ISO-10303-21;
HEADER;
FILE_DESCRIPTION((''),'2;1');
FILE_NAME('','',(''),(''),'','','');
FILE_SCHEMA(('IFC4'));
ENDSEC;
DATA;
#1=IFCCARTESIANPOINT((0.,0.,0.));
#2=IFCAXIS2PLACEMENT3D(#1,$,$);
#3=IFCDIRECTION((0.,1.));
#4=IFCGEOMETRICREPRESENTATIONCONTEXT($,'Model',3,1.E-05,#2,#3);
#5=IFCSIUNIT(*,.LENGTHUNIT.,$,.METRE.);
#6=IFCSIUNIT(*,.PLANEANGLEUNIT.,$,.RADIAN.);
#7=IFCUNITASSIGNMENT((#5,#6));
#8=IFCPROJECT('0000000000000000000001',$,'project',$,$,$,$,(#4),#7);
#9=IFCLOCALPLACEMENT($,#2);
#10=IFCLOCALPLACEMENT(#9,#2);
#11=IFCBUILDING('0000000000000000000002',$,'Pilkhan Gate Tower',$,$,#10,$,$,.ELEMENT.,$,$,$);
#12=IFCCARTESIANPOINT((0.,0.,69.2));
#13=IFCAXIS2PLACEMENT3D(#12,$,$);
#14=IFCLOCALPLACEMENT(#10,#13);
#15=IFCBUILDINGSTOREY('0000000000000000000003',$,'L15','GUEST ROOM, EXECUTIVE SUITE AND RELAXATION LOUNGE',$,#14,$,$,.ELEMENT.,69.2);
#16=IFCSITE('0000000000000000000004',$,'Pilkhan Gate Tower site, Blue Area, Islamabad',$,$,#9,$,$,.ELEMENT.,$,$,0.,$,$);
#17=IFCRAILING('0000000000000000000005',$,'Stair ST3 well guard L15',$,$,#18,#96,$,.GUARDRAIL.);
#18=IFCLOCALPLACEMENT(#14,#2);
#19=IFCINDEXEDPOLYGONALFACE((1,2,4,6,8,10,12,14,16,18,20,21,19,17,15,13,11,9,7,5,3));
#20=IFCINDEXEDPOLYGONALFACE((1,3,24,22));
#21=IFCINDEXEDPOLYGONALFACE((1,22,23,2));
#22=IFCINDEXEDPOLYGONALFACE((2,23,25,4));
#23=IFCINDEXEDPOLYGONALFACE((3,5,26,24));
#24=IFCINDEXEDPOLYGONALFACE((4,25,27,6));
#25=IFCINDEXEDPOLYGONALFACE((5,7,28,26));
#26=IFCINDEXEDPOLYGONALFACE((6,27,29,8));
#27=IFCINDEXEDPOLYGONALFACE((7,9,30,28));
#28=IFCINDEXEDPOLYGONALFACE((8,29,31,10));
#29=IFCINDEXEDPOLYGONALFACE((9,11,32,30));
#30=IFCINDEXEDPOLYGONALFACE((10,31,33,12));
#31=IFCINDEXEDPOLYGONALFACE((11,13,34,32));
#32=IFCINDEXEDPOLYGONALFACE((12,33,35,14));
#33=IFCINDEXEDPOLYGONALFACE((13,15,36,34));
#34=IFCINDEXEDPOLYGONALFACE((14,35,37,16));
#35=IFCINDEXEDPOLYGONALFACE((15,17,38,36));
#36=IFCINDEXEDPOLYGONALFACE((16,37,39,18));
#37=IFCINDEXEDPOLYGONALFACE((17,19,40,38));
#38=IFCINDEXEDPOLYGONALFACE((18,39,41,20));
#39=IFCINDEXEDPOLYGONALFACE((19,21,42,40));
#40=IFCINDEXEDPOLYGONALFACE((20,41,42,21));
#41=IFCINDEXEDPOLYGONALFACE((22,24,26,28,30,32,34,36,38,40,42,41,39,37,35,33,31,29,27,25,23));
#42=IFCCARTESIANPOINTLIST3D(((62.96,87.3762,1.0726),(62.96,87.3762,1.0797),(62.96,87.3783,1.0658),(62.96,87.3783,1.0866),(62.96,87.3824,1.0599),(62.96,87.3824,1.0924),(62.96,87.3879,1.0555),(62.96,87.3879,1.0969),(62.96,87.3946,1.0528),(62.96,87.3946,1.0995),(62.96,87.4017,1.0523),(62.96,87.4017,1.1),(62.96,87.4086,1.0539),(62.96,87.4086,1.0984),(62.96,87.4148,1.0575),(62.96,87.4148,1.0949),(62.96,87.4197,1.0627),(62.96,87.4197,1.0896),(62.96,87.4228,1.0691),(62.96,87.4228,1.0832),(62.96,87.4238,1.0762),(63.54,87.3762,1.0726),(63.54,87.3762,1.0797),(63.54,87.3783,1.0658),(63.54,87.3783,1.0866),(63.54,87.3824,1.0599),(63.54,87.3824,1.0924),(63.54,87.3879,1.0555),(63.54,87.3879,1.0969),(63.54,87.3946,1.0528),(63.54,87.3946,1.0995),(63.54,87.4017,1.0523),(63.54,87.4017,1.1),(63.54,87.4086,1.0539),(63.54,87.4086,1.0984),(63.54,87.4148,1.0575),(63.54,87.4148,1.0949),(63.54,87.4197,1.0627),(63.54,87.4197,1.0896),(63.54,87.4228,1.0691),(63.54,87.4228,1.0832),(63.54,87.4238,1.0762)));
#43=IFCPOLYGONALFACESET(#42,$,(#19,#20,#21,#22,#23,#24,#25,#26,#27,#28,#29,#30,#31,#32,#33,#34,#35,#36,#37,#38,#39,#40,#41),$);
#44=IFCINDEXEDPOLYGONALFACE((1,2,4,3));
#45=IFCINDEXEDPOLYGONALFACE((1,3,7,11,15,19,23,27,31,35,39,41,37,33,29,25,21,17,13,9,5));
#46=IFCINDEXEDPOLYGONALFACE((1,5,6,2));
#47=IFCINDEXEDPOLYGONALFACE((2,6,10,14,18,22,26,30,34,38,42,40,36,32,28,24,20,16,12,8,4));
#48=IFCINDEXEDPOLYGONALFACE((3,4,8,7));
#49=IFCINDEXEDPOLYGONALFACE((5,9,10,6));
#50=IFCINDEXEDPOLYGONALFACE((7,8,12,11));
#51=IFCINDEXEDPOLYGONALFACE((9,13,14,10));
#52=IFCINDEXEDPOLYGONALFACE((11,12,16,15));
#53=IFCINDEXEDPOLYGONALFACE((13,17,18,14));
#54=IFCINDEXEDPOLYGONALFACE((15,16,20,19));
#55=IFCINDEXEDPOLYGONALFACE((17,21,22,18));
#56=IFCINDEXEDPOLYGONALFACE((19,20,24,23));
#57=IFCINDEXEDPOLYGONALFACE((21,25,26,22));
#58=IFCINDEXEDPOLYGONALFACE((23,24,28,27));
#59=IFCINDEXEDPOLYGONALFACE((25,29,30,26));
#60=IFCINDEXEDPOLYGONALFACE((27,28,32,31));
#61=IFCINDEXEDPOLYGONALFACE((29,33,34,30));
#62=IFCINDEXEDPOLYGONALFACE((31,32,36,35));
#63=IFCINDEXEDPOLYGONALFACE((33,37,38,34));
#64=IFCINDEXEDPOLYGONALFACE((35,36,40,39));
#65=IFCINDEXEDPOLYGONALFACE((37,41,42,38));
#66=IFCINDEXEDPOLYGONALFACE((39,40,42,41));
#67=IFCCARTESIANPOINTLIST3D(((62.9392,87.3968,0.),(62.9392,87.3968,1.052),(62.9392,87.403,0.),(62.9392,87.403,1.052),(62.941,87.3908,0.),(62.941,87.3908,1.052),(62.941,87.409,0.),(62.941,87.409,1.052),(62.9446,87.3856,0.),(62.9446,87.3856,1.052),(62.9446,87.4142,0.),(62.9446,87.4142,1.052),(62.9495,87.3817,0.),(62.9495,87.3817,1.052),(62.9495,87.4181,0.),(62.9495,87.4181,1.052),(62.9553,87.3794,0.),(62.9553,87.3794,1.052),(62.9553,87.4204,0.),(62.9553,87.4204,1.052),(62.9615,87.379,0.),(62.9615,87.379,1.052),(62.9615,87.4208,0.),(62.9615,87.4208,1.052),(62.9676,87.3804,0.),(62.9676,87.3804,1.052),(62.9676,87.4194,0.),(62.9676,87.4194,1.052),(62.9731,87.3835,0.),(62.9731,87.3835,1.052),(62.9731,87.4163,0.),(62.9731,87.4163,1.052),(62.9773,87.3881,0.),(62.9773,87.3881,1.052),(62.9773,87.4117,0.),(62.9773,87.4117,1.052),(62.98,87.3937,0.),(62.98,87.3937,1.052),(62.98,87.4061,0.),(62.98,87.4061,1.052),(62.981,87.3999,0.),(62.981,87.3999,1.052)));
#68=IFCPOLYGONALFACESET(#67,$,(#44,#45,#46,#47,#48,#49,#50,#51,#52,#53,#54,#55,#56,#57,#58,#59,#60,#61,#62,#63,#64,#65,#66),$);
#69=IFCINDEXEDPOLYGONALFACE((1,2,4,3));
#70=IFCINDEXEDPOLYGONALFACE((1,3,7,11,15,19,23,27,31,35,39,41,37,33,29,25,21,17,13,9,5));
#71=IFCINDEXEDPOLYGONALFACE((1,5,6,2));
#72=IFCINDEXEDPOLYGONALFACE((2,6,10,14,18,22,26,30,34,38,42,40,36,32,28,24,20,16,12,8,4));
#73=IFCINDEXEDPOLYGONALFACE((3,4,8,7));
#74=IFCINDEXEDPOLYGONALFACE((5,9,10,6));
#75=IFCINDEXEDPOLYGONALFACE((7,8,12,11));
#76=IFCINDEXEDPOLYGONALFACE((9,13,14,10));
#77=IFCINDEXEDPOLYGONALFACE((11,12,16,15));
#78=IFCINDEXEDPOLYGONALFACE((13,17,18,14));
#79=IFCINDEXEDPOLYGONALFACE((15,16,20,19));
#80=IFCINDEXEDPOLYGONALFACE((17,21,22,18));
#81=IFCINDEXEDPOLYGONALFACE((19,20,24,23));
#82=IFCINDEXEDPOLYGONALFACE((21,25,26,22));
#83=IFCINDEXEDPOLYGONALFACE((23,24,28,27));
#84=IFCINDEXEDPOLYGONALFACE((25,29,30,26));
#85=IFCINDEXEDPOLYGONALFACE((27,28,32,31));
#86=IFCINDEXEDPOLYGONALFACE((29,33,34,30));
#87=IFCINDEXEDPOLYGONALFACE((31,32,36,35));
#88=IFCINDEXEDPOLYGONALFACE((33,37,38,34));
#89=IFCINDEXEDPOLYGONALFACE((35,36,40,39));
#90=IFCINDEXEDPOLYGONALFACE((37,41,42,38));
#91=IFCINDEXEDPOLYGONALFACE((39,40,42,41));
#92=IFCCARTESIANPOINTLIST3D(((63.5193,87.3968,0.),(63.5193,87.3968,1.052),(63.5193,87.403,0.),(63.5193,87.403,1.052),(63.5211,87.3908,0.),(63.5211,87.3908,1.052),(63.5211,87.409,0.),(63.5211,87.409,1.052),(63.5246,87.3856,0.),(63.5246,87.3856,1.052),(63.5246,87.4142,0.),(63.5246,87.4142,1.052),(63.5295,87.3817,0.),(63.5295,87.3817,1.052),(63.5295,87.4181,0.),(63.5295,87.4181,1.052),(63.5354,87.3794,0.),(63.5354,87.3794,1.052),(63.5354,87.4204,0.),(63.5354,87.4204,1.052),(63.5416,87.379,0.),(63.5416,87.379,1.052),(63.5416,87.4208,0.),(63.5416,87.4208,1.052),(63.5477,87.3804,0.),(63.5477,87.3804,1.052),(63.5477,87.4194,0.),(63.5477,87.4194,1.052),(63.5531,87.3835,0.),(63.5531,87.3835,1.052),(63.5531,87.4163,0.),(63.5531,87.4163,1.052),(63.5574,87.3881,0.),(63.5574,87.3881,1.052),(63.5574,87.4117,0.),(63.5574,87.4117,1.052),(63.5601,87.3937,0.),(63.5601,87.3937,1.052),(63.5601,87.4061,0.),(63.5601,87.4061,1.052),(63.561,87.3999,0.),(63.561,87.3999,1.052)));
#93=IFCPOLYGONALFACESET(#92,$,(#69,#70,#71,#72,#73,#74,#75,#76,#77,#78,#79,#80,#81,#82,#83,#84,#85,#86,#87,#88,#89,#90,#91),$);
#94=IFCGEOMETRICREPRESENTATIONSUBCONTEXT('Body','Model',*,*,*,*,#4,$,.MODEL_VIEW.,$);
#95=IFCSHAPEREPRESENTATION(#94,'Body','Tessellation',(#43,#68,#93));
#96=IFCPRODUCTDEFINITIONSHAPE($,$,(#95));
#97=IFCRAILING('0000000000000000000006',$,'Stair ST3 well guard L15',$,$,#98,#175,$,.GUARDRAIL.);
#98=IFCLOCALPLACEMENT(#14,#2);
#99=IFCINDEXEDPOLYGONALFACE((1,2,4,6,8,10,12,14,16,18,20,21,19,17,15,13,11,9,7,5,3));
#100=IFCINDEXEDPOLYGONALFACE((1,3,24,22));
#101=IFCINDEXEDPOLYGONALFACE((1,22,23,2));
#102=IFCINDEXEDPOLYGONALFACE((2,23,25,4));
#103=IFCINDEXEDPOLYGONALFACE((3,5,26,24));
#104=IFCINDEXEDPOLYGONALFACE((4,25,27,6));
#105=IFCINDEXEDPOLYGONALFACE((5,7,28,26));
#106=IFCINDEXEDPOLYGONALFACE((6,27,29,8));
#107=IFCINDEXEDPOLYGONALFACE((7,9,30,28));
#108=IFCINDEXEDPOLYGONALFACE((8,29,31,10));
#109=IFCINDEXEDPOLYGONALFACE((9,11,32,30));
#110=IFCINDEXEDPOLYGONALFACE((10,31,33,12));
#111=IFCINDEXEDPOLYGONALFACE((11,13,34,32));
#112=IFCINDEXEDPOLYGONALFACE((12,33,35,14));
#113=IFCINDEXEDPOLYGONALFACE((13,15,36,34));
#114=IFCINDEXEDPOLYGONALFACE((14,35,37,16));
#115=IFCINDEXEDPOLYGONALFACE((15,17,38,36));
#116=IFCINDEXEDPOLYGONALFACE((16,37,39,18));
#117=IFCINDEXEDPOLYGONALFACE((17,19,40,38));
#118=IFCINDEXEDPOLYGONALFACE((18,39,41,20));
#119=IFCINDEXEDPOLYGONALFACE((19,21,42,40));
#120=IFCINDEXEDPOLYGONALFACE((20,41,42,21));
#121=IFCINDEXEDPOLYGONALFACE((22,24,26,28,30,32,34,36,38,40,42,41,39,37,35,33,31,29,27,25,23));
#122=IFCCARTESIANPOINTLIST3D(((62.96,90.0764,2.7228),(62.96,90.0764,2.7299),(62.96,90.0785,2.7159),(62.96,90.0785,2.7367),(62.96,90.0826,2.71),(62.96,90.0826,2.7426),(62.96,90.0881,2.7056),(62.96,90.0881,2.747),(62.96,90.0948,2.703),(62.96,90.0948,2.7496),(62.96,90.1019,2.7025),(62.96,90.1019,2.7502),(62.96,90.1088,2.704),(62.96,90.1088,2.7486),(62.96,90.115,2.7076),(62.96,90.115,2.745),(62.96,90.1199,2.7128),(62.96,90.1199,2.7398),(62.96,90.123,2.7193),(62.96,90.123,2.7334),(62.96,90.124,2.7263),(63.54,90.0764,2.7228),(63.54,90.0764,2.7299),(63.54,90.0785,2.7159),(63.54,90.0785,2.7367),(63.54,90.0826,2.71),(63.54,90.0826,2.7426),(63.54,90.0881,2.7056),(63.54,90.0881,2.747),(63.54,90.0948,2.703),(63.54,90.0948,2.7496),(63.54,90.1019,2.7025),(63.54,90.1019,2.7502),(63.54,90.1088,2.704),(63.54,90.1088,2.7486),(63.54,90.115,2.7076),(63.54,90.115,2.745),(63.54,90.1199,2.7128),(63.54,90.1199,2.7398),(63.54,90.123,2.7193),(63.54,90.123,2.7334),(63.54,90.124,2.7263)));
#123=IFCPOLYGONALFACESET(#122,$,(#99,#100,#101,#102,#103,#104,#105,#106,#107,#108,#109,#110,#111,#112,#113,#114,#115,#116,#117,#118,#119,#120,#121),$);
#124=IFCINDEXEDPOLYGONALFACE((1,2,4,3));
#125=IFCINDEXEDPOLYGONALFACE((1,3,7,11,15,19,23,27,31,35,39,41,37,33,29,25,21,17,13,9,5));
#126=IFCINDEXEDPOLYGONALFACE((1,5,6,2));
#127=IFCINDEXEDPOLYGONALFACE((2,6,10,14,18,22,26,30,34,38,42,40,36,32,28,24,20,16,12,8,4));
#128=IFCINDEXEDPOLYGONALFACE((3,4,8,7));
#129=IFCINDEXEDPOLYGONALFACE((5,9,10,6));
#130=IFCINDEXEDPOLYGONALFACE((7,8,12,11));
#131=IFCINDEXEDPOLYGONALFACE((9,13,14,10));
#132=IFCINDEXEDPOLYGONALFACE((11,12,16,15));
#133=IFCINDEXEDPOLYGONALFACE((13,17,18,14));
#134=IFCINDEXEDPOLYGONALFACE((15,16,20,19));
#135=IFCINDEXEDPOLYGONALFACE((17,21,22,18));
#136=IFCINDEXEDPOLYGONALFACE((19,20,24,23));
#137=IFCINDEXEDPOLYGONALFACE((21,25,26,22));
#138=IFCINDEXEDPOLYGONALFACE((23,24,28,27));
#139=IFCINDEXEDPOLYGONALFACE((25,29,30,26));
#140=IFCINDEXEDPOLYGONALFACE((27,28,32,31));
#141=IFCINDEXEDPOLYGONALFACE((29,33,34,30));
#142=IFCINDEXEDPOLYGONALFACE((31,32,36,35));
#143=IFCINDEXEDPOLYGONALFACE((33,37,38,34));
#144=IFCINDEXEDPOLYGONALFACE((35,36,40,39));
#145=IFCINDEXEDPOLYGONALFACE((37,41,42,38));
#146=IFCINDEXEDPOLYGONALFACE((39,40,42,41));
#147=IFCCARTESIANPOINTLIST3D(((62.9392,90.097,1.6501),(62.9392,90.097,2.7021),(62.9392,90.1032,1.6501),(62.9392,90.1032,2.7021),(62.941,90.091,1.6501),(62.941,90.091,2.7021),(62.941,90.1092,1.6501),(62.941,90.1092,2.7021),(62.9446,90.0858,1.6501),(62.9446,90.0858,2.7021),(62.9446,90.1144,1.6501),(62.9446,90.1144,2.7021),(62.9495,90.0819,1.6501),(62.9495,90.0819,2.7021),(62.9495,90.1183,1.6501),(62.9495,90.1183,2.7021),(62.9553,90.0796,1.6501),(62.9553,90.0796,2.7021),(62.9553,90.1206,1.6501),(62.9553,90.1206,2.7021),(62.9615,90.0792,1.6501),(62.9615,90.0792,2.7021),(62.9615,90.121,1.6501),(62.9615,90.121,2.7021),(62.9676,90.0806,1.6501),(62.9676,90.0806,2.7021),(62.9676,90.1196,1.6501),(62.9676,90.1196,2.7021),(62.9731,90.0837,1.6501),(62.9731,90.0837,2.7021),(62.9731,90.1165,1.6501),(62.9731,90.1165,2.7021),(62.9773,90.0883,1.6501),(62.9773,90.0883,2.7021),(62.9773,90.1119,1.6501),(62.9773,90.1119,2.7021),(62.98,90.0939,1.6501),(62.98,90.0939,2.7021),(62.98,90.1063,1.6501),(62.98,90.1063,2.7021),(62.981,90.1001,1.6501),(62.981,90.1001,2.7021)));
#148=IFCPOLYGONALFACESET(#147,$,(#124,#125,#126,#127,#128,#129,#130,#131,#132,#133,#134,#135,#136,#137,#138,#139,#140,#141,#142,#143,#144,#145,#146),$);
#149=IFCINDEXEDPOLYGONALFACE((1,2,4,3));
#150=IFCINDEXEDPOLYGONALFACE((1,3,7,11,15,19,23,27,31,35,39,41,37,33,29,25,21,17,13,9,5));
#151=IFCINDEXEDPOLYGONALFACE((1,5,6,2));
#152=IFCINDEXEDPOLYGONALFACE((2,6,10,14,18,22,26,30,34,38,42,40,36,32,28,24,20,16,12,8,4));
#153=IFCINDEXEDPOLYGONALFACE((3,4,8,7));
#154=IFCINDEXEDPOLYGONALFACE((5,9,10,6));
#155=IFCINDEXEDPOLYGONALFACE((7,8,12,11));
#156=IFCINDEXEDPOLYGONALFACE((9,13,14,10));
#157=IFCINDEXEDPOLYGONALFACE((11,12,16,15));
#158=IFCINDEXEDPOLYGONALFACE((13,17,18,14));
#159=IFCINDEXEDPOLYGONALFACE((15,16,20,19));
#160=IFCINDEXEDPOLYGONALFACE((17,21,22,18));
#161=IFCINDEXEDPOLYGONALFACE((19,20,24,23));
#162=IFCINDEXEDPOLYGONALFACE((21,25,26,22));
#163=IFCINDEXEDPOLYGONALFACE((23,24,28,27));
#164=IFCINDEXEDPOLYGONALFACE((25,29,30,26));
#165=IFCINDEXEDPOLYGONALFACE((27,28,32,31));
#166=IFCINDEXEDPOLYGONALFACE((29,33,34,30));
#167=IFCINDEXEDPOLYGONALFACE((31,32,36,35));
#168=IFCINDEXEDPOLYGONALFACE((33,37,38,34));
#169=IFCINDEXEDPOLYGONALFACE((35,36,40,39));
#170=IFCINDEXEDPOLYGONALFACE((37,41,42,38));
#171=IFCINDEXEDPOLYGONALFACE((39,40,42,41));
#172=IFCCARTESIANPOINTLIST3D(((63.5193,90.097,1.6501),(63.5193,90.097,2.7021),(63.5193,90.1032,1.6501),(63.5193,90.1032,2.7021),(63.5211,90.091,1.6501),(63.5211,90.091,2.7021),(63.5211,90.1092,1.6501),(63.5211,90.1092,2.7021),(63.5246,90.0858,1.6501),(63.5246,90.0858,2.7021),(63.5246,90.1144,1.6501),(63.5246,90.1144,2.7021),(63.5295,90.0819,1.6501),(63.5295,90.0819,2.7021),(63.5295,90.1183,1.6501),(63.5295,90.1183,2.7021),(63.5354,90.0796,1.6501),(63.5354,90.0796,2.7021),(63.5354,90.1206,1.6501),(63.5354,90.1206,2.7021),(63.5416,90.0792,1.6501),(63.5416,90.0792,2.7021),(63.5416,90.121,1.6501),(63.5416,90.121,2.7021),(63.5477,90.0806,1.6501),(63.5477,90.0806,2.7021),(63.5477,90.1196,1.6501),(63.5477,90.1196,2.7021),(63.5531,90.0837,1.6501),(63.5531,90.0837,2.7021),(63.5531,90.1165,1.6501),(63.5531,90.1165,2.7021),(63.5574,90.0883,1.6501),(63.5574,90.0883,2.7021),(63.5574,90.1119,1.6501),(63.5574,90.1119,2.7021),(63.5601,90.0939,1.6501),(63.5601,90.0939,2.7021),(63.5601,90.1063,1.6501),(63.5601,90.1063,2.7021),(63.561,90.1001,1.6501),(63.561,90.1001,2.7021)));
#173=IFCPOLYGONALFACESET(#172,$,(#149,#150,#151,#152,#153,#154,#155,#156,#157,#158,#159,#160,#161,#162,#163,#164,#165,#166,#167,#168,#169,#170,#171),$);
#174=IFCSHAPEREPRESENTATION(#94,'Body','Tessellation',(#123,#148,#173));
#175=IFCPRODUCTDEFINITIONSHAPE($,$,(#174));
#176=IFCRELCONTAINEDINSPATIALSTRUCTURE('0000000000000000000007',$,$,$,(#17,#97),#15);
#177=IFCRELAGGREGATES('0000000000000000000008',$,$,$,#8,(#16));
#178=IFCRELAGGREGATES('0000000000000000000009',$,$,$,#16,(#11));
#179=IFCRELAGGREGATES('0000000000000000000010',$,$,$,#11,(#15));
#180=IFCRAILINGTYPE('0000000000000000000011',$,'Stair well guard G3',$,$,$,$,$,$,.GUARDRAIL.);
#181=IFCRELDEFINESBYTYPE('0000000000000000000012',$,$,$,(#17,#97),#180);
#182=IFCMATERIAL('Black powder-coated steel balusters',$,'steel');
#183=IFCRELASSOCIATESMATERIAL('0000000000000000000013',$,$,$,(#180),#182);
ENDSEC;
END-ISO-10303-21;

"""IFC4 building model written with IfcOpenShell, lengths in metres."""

from ifc_helpers import new_model, si_unit, direction, frame, origin, origin_2d, place, context, subcontext, project, spatial, circle, extrude, material, type_object, element, save


model = new_model("IFC4")

# Units and contexts
model_context = context("Model", 3, precision=1e-05, world=origin(), true_north=direction((0.0, 1.0)))
body_context = subcontext(model_context, "Body", "Model", "MODEL_VIEW")
ifc_project = project(units=[si_unit("LENGTHUNIT", "METRE"), si_unit("PLANEANGLEUNIT", "RADIAN")], contexts=[model_context])

# Site, building, storey
site_placement = place(None, origin())
site = spatial("IfcSite", under=ifc_project, at=site_placement, Name="Pilkhan Gate Tower site, Blue Area, Islamabad", CompositionType="ELEMENT", RefElevation=0.0)
building_placement = place(site_placement, origin())
building = spatial("IfcBuilding", under=site, at=building_placement, Name="Pilkhan Gate Tower", CompositionType="ELEMENT")
storey_placement = place(building_placement, frame((0.0, 0.0, 69.2)))
storey = spatial("IfcBuildingStorey", under=building, at=storey_placement, Name="L15", Description="GUEST ROOM, EXECUTIVE SUITE AND RELAXATION LOUNGE", CompositionType="ELEMENT", Elevation=69.2)

# Railings
ifc_material_1 = material(Name="Black powder-coated steel balusters", Category="steel")
railing_type_1 = type_object("IfcRailingType", Name="Stair well guard G3", PredefinedType="GUARDRAIL", material=ifc_material_1)
for number, where, name in (
    (1, (62.96, 87.3999, 0.0), "Stair ST3 well guard L15"),
    (2, (62.96, 90.1001, 1.6501), "Stair ST3 well guard L15"),
):
    element("IfcRailing", number, at=place(storey_placement, frame(where)), inside=storey, type_object=railing_type_1, Name=name, PredefinedType="GUARDRAIL", context=body_context, shape_type="SweptSolid", body=[
        extrude(circle(Radius=0.0239, at=origin_2d()), frame((0.0, 0.0, 1.0762), z_axis=(1.0, 0.0, 0.0), x_axis=(0.0, 1.0, 0.0)), (0.0, 0.0, 1.0), 0.5801),
        extrude(circle(Radius=0.021, at=origin_2d()), origin(), (0.0, 0.0, 1.0), 1.052),
        extrude(circle(Radius=0.021, at=origin_2d()), frame((0.5801, 0.0, 0.0)), (0.0, 0.0, 1.0), 1.052),
    ])

save(model, "model.ifc")
